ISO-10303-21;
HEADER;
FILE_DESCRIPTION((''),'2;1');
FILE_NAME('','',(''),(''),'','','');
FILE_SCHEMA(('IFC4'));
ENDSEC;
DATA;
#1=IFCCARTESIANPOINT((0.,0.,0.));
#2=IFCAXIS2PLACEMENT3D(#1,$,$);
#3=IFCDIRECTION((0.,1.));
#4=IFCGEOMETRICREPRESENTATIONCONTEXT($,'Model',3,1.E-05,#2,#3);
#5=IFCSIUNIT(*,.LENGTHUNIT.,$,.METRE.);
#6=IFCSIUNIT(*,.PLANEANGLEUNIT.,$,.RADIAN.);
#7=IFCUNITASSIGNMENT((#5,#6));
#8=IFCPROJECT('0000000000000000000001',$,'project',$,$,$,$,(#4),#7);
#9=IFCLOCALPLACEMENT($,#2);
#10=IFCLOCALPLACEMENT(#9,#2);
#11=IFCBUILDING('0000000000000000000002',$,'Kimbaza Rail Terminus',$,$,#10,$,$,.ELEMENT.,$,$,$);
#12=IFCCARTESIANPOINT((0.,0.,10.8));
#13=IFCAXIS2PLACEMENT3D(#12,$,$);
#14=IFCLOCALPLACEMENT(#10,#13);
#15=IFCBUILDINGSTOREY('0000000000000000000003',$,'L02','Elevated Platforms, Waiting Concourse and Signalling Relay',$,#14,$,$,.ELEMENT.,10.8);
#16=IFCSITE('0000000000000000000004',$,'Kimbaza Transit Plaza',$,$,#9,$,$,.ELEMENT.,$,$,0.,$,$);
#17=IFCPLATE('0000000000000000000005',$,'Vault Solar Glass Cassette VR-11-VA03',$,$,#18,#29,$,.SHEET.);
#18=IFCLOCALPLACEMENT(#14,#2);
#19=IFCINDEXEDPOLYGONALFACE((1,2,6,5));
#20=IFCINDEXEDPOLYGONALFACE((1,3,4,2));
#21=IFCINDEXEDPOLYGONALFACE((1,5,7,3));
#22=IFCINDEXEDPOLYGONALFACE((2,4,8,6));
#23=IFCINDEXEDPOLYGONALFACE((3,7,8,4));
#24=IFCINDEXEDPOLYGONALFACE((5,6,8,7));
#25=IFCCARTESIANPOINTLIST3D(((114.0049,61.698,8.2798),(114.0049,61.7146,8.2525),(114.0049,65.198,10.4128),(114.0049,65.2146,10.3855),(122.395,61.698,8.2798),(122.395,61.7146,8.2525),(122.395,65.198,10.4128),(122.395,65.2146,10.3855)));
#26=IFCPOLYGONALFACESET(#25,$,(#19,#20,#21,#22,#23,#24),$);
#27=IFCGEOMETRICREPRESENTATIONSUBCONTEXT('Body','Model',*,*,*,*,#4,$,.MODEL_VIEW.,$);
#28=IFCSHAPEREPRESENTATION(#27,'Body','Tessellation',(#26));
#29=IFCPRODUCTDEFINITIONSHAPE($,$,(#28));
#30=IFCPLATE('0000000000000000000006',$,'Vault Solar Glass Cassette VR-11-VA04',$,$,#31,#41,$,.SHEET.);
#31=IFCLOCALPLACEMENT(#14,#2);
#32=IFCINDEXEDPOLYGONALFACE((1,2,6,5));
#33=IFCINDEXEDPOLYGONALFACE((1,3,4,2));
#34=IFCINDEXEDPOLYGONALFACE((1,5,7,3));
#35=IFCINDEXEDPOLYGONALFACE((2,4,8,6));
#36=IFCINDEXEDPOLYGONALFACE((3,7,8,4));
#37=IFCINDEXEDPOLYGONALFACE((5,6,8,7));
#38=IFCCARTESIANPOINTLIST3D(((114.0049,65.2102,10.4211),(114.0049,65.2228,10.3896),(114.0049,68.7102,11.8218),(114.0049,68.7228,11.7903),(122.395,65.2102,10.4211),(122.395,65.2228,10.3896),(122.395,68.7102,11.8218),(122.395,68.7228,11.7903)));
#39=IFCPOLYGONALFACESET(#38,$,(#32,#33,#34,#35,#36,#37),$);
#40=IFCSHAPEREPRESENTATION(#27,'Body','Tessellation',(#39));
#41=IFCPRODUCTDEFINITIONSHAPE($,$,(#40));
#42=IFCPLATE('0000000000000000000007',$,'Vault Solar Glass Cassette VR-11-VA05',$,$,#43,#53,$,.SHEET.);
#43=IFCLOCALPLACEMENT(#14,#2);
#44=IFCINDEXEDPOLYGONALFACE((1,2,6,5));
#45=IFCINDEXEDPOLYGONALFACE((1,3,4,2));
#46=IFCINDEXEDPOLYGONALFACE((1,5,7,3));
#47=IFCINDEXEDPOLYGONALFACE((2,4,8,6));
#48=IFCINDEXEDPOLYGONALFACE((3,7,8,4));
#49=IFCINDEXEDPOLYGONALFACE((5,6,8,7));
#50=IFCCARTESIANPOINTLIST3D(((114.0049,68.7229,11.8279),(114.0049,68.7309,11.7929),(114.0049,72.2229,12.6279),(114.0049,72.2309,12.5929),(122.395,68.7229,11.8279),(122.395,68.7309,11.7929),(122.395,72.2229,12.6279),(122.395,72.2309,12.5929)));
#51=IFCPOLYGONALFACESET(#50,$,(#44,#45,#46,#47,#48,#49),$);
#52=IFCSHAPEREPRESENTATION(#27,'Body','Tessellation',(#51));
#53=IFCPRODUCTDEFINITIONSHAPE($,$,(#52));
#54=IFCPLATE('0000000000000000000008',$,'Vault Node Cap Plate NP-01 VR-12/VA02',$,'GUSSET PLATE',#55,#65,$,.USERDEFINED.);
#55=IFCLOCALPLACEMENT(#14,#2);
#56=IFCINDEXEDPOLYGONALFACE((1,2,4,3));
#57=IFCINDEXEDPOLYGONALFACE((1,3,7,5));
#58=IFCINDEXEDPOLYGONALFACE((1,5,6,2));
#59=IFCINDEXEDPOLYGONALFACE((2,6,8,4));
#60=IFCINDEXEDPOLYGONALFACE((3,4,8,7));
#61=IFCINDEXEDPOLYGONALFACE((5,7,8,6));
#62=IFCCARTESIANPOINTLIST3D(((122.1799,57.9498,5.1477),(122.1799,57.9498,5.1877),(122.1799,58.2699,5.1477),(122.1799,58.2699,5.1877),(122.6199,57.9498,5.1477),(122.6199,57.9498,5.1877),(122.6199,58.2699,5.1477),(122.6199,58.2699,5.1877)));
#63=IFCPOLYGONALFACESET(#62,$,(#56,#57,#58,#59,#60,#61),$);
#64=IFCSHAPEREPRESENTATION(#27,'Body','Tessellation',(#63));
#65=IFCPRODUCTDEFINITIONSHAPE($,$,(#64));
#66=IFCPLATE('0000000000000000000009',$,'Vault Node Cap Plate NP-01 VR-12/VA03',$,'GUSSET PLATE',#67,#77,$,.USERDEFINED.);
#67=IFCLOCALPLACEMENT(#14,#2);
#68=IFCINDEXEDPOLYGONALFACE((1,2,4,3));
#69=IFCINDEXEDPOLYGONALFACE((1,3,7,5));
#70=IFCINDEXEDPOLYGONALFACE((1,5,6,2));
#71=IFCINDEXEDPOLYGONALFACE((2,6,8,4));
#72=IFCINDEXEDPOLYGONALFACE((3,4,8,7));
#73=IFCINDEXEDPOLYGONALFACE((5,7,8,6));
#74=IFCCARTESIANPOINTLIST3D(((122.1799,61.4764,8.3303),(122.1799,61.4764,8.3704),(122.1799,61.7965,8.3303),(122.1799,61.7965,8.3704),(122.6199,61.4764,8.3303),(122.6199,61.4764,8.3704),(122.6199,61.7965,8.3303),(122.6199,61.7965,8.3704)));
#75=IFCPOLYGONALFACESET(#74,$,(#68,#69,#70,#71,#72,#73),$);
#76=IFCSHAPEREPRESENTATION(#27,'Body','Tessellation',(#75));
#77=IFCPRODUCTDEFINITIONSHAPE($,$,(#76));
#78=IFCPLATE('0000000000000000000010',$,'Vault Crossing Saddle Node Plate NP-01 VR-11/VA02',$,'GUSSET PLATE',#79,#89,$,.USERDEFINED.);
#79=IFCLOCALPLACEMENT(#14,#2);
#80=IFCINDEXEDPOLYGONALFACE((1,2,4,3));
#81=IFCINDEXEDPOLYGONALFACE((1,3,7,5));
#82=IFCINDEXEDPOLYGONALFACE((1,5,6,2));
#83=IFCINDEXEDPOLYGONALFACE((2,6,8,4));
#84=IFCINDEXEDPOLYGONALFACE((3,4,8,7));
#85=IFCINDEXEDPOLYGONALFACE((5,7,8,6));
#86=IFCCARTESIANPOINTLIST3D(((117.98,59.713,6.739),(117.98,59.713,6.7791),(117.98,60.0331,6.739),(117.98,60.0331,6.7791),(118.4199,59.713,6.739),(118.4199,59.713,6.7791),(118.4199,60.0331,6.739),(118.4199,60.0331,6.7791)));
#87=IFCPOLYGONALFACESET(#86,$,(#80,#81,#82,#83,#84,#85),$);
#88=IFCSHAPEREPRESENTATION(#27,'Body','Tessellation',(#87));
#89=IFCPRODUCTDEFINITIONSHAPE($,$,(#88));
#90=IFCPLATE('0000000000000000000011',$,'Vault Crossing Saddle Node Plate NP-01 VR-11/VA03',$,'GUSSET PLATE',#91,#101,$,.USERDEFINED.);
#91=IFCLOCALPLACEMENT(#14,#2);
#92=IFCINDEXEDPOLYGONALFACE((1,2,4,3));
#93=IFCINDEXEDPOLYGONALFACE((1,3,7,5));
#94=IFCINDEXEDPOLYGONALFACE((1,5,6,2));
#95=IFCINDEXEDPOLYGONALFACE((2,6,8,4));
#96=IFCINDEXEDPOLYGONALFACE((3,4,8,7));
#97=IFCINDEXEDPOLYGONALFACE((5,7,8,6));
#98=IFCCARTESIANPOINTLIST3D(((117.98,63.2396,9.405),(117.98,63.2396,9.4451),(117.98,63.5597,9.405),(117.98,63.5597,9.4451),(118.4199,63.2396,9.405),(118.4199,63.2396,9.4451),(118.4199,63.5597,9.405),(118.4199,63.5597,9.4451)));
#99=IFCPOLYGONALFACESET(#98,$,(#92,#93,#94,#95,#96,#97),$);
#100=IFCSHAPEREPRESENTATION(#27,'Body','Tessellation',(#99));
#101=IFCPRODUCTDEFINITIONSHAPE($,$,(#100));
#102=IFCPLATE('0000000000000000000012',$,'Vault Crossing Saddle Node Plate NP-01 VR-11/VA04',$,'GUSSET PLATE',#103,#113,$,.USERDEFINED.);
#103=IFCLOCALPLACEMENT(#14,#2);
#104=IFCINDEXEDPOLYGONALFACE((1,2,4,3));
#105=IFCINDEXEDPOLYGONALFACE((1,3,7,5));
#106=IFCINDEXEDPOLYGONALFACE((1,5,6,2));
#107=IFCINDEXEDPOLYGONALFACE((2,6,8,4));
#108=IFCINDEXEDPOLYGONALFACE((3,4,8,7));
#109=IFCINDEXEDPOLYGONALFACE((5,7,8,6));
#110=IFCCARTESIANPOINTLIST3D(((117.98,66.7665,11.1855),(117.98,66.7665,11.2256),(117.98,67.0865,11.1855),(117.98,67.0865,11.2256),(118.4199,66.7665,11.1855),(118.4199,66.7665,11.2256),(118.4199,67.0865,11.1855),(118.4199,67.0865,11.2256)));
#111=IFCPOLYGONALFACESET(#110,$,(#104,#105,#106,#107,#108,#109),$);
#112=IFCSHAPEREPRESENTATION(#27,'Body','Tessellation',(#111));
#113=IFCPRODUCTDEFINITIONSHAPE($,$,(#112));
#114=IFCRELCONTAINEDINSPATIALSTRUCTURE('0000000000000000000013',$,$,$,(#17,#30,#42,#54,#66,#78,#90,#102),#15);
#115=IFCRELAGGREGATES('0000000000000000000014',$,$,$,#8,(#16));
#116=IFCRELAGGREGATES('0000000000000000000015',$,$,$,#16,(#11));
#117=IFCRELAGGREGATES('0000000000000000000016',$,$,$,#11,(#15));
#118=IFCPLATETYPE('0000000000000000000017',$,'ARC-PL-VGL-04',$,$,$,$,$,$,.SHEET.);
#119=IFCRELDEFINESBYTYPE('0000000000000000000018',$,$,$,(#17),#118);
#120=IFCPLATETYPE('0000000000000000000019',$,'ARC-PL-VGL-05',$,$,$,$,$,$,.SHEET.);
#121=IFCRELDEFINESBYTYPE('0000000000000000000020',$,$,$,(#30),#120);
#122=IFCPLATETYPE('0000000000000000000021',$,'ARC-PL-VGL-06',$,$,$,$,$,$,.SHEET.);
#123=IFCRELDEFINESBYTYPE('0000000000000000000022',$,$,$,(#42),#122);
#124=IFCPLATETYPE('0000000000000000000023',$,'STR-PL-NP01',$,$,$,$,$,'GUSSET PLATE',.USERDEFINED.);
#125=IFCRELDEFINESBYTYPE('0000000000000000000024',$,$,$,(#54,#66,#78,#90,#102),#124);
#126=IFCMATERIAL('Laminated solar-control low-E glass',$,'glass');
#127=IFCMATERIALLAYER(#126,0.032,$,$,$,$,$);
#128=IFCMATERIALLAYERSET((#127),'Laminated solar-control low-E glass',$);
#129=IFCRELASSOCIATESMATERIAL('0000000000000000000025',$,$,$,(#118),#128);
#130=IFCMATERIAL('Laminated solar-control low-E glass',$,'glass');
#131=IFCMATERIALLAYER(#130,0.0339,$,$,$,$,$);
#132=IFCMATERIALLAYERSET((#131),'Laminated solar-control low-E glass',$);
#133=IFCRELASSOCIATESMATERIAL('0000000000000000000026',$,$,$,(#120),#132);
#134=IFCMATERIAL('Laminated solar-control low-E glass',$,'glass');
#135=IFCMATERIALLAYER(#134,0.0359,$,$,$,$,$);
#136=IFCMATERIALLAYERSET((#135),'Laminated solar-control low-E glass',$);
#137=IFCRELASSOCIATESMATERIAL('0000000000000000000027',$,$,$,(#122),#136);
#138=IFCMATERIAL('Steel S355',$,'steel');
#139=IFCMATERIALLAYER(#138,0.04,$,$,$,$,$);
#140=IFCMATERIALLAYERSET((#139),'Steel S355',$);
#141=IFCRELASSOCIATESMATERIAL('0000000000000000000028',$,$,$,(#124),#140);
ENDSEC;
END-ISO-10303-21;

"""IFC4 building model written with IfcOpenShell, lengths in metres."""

from ifc_helpers import new_model, si_unit, direction, frame, origin, origin_2d, place, context, subcontext, project, spatial, polyline, rectangle, outline, extrude, material, layer, layer_set, type_object, element, save


model = new_model("IFC4")

# Units and contexts
model_context = context("Model", 3, precision=1e-05, world=origin(), true_north=direction((0.0, 1.0)))
body_context = subcontext(model_context, "Body", "Model", "MODEL_VIEW")
ifc_project = project(units=[si_unit("LENGTHUNIT", "METRE"), si_unit("PLANEANGLEUNIT", "RADIAN")], contexts=[model_context])

# Site, building, storey
site_placement = place(None, origin())
site = spatial("IfcSite", under=ifc_project, at=site_placement, Name="Kimbaza Transit Plaza", CompositionType="ELEMENT", RefElevation=0.0)
building_placement = place(site_placement, origin())
building = spatial("IfcBuilding", under=site, at=building_placement, Name="Kimbaza Rail Terminus", CompositionType="ELEMENT")
storey_placement = place(building_placement, frame((0.0, 0.0, 10.8)))
storey = spatial("IfcBuildingStorey", under=building, at=storey_placement, Name="L02", Description="Elevated Platforms, Waiting Concourse and Signalling Relay", CompositionType="ELEMENT", Elevation=10.8)

# Plates
ifc_material_1 = material(Name="Laminated solar-control low-E glass", Category="glass")
ifc_layer_1 = layer(ifc_material_1, 0.032)
ifc_layer_set_1 = layer_set([ifc_layer_1], Name="Laminated solar-control low-E glass")
plate_type_1 = type_object("IfcPlateType", Name="ARC-PL-VGL-04", PredefinedType="SHEET", material=ifc_layer_set_1)
plate_1_placement = place(storey_placement, frame((114.0049, 61.698, 8.2798), z_axis=(0.0, -0.520414, 0.853914), x_axis=(1.0, 0.0, 0.0)))
element("IfcPlate", 1, at=plate_1_placement, inside=storey, type_object=plate_type_1, Name="Vault Solar Glass Cassette VR-11-VA03", PredefinedType="SHEET", context=body_context, shape_type="SweptSolid", body=[
    extrude(outline(polyline([(0.0, 0.0), (8.3901, 0.0), (8.3901, 4.0988), (0.0, 4.0988), (0.0, 0.0)])), origin(), (0.0, 0.0, -1.0), 0.032),
])
ifc_material_2 = material(Name="Laminated solar-control low-E glass", Category="glass")
ifc_layer_2 = layer(ifc_material_2, 0.0339)
ifc_layer_set_2 = layer_set([ifc_layer_2], Name="Laminated solar-control low-E glass")
plate_type_2 = type_object("IfcPlateType", Name="ARC-PL-VGL-05", PredefinedType="SHEET", material=ifc_layer_set_2)
plate_2_placement = place(storey_placement, frame((114.0049, 65.2102, 10.4211), z_axis=(0.0, -0.371536, 0.928419), x_axis=(1.0, 0.0, 0.0)))
element("IfcPlate", 2, at=plate_2_placement, inside=storey, type_object=plate_type_2, Name="Vault Solar Glass Cassette VR-11-VA04", PredefinedType="SHEET", context=body_context, shape_type="SweptSolid", body=[
    extrude(outline(polyline([(0.0, 0.0), (8.3901, 0.0), (8.3901, 3.7699), (0.0, 3.7699), (0.0, 0.0)])), origin(), (0.0, 0.0, -1.0), 0.0339),
])
ifc_material_3 = material(Name="Laminated solar-control low-E glass", Category="glass")
ifc_layer_3 = layer(ifc_material_3, 0.0359)
ifc_layer_set_3 = layer_set([ifc_layer_3], Name="Laminated solar-control low-E glass")
plate_type_3 = type_object("IfcPlateType", Name="ARC-PL-VGL-06", PredefinedType="SHEET", material=ifc_layer_set_3)
plate_3_placement = place(storey_placement, frame((114.0049, 68.7229, 11.8279), z_axis=(0.0, -0.222838, 0.974856), x_axis=(1.0, 0.0, 0.0)))
element("IfcPlate", 3, at=plate_3_placement, inside=storey, type_object=plate_type_3, Name="Vault Solar Glass Cassette VR-11-VA05", PredefinedType="SHEET", context=body_context, shape_type="SweptSolid", body=[
    extrude(outline(polyline([(0.0, 0.0), (8.3901, 0.0), (8.3901, 3.5903), (0.0, 3.5903), (0.0, 0.0)])), origin(), (0.0, 0.0, -1.0), 0.0359),
])
ifc_material_4 = material(Name="Steel S355", Category="steel")
ifc_layer_4 = layer(ifc_material_4, 0.04)
ifc_layer_set_4 = layer_set([ifc_layer_4], Name="Steel S355")
plate_type_4 = type_object("IfcPlateType", Name="STR-PL-NP01", ElementType="GUSSET PLATE", PredefinedType="USERDEFINED", material=ifc_layer_set_4)
for number, where, z_axis, x_axis, name in (
    (4, (122.3999, 58.1099, 5.1477), (0.0, 0.0, 1.0), (1.0, 0.0, 0.0), "Vault Node Cap Plate NP-01 VR-12/VA02"),
    (5, (122.3999, 61.6365, 8.3303), (0.0, 0.0, 1.0), (1.0, 0.0, 0.0), "Vault Node Cap Plate NP-01 VR-12/VA03"),
    (6, (118.2, 59.873, 6.739), (0.0, 0.0, 1.0), (1.0, 0.0, 0.0), "Vault Crossing Saddle Node Plate NP-01 VR-11/VA02"),
    (7, (118.2, 63.3997, 9.405), (0.0, 0.0, 1.0), (1.0, 0.0, 0.0), "Vault Crossing Saddle Node Plate NP-01 VR-11/VA03"),
    (8, (118.2, 66.9265, 11.1855), (0.0, 0.0, 1.0), (1.0, 0.0, 0.0), "Vault Crossing Saddle Node Plate NP-01 VR-11/VA04"),
):
    element("IfcPlate", number, at=place(storey_placement, frame(where, z_axis=z_axis, x_axis=x_axis)), inside=storey, type_object=plate_type_4, Name=name, ObjectType="GUSSET PLATE", PredefinedType="USERDEFINED", context=body_context, shape_type="SweptSolid", body=[
        extrude(rectangle(XDim=0.4399, YDim=0.3201, at=origin_2d()), origin(), (0.0, 0.0, 1.0), 0.04),
    ])

save(model, "model.ifc")
